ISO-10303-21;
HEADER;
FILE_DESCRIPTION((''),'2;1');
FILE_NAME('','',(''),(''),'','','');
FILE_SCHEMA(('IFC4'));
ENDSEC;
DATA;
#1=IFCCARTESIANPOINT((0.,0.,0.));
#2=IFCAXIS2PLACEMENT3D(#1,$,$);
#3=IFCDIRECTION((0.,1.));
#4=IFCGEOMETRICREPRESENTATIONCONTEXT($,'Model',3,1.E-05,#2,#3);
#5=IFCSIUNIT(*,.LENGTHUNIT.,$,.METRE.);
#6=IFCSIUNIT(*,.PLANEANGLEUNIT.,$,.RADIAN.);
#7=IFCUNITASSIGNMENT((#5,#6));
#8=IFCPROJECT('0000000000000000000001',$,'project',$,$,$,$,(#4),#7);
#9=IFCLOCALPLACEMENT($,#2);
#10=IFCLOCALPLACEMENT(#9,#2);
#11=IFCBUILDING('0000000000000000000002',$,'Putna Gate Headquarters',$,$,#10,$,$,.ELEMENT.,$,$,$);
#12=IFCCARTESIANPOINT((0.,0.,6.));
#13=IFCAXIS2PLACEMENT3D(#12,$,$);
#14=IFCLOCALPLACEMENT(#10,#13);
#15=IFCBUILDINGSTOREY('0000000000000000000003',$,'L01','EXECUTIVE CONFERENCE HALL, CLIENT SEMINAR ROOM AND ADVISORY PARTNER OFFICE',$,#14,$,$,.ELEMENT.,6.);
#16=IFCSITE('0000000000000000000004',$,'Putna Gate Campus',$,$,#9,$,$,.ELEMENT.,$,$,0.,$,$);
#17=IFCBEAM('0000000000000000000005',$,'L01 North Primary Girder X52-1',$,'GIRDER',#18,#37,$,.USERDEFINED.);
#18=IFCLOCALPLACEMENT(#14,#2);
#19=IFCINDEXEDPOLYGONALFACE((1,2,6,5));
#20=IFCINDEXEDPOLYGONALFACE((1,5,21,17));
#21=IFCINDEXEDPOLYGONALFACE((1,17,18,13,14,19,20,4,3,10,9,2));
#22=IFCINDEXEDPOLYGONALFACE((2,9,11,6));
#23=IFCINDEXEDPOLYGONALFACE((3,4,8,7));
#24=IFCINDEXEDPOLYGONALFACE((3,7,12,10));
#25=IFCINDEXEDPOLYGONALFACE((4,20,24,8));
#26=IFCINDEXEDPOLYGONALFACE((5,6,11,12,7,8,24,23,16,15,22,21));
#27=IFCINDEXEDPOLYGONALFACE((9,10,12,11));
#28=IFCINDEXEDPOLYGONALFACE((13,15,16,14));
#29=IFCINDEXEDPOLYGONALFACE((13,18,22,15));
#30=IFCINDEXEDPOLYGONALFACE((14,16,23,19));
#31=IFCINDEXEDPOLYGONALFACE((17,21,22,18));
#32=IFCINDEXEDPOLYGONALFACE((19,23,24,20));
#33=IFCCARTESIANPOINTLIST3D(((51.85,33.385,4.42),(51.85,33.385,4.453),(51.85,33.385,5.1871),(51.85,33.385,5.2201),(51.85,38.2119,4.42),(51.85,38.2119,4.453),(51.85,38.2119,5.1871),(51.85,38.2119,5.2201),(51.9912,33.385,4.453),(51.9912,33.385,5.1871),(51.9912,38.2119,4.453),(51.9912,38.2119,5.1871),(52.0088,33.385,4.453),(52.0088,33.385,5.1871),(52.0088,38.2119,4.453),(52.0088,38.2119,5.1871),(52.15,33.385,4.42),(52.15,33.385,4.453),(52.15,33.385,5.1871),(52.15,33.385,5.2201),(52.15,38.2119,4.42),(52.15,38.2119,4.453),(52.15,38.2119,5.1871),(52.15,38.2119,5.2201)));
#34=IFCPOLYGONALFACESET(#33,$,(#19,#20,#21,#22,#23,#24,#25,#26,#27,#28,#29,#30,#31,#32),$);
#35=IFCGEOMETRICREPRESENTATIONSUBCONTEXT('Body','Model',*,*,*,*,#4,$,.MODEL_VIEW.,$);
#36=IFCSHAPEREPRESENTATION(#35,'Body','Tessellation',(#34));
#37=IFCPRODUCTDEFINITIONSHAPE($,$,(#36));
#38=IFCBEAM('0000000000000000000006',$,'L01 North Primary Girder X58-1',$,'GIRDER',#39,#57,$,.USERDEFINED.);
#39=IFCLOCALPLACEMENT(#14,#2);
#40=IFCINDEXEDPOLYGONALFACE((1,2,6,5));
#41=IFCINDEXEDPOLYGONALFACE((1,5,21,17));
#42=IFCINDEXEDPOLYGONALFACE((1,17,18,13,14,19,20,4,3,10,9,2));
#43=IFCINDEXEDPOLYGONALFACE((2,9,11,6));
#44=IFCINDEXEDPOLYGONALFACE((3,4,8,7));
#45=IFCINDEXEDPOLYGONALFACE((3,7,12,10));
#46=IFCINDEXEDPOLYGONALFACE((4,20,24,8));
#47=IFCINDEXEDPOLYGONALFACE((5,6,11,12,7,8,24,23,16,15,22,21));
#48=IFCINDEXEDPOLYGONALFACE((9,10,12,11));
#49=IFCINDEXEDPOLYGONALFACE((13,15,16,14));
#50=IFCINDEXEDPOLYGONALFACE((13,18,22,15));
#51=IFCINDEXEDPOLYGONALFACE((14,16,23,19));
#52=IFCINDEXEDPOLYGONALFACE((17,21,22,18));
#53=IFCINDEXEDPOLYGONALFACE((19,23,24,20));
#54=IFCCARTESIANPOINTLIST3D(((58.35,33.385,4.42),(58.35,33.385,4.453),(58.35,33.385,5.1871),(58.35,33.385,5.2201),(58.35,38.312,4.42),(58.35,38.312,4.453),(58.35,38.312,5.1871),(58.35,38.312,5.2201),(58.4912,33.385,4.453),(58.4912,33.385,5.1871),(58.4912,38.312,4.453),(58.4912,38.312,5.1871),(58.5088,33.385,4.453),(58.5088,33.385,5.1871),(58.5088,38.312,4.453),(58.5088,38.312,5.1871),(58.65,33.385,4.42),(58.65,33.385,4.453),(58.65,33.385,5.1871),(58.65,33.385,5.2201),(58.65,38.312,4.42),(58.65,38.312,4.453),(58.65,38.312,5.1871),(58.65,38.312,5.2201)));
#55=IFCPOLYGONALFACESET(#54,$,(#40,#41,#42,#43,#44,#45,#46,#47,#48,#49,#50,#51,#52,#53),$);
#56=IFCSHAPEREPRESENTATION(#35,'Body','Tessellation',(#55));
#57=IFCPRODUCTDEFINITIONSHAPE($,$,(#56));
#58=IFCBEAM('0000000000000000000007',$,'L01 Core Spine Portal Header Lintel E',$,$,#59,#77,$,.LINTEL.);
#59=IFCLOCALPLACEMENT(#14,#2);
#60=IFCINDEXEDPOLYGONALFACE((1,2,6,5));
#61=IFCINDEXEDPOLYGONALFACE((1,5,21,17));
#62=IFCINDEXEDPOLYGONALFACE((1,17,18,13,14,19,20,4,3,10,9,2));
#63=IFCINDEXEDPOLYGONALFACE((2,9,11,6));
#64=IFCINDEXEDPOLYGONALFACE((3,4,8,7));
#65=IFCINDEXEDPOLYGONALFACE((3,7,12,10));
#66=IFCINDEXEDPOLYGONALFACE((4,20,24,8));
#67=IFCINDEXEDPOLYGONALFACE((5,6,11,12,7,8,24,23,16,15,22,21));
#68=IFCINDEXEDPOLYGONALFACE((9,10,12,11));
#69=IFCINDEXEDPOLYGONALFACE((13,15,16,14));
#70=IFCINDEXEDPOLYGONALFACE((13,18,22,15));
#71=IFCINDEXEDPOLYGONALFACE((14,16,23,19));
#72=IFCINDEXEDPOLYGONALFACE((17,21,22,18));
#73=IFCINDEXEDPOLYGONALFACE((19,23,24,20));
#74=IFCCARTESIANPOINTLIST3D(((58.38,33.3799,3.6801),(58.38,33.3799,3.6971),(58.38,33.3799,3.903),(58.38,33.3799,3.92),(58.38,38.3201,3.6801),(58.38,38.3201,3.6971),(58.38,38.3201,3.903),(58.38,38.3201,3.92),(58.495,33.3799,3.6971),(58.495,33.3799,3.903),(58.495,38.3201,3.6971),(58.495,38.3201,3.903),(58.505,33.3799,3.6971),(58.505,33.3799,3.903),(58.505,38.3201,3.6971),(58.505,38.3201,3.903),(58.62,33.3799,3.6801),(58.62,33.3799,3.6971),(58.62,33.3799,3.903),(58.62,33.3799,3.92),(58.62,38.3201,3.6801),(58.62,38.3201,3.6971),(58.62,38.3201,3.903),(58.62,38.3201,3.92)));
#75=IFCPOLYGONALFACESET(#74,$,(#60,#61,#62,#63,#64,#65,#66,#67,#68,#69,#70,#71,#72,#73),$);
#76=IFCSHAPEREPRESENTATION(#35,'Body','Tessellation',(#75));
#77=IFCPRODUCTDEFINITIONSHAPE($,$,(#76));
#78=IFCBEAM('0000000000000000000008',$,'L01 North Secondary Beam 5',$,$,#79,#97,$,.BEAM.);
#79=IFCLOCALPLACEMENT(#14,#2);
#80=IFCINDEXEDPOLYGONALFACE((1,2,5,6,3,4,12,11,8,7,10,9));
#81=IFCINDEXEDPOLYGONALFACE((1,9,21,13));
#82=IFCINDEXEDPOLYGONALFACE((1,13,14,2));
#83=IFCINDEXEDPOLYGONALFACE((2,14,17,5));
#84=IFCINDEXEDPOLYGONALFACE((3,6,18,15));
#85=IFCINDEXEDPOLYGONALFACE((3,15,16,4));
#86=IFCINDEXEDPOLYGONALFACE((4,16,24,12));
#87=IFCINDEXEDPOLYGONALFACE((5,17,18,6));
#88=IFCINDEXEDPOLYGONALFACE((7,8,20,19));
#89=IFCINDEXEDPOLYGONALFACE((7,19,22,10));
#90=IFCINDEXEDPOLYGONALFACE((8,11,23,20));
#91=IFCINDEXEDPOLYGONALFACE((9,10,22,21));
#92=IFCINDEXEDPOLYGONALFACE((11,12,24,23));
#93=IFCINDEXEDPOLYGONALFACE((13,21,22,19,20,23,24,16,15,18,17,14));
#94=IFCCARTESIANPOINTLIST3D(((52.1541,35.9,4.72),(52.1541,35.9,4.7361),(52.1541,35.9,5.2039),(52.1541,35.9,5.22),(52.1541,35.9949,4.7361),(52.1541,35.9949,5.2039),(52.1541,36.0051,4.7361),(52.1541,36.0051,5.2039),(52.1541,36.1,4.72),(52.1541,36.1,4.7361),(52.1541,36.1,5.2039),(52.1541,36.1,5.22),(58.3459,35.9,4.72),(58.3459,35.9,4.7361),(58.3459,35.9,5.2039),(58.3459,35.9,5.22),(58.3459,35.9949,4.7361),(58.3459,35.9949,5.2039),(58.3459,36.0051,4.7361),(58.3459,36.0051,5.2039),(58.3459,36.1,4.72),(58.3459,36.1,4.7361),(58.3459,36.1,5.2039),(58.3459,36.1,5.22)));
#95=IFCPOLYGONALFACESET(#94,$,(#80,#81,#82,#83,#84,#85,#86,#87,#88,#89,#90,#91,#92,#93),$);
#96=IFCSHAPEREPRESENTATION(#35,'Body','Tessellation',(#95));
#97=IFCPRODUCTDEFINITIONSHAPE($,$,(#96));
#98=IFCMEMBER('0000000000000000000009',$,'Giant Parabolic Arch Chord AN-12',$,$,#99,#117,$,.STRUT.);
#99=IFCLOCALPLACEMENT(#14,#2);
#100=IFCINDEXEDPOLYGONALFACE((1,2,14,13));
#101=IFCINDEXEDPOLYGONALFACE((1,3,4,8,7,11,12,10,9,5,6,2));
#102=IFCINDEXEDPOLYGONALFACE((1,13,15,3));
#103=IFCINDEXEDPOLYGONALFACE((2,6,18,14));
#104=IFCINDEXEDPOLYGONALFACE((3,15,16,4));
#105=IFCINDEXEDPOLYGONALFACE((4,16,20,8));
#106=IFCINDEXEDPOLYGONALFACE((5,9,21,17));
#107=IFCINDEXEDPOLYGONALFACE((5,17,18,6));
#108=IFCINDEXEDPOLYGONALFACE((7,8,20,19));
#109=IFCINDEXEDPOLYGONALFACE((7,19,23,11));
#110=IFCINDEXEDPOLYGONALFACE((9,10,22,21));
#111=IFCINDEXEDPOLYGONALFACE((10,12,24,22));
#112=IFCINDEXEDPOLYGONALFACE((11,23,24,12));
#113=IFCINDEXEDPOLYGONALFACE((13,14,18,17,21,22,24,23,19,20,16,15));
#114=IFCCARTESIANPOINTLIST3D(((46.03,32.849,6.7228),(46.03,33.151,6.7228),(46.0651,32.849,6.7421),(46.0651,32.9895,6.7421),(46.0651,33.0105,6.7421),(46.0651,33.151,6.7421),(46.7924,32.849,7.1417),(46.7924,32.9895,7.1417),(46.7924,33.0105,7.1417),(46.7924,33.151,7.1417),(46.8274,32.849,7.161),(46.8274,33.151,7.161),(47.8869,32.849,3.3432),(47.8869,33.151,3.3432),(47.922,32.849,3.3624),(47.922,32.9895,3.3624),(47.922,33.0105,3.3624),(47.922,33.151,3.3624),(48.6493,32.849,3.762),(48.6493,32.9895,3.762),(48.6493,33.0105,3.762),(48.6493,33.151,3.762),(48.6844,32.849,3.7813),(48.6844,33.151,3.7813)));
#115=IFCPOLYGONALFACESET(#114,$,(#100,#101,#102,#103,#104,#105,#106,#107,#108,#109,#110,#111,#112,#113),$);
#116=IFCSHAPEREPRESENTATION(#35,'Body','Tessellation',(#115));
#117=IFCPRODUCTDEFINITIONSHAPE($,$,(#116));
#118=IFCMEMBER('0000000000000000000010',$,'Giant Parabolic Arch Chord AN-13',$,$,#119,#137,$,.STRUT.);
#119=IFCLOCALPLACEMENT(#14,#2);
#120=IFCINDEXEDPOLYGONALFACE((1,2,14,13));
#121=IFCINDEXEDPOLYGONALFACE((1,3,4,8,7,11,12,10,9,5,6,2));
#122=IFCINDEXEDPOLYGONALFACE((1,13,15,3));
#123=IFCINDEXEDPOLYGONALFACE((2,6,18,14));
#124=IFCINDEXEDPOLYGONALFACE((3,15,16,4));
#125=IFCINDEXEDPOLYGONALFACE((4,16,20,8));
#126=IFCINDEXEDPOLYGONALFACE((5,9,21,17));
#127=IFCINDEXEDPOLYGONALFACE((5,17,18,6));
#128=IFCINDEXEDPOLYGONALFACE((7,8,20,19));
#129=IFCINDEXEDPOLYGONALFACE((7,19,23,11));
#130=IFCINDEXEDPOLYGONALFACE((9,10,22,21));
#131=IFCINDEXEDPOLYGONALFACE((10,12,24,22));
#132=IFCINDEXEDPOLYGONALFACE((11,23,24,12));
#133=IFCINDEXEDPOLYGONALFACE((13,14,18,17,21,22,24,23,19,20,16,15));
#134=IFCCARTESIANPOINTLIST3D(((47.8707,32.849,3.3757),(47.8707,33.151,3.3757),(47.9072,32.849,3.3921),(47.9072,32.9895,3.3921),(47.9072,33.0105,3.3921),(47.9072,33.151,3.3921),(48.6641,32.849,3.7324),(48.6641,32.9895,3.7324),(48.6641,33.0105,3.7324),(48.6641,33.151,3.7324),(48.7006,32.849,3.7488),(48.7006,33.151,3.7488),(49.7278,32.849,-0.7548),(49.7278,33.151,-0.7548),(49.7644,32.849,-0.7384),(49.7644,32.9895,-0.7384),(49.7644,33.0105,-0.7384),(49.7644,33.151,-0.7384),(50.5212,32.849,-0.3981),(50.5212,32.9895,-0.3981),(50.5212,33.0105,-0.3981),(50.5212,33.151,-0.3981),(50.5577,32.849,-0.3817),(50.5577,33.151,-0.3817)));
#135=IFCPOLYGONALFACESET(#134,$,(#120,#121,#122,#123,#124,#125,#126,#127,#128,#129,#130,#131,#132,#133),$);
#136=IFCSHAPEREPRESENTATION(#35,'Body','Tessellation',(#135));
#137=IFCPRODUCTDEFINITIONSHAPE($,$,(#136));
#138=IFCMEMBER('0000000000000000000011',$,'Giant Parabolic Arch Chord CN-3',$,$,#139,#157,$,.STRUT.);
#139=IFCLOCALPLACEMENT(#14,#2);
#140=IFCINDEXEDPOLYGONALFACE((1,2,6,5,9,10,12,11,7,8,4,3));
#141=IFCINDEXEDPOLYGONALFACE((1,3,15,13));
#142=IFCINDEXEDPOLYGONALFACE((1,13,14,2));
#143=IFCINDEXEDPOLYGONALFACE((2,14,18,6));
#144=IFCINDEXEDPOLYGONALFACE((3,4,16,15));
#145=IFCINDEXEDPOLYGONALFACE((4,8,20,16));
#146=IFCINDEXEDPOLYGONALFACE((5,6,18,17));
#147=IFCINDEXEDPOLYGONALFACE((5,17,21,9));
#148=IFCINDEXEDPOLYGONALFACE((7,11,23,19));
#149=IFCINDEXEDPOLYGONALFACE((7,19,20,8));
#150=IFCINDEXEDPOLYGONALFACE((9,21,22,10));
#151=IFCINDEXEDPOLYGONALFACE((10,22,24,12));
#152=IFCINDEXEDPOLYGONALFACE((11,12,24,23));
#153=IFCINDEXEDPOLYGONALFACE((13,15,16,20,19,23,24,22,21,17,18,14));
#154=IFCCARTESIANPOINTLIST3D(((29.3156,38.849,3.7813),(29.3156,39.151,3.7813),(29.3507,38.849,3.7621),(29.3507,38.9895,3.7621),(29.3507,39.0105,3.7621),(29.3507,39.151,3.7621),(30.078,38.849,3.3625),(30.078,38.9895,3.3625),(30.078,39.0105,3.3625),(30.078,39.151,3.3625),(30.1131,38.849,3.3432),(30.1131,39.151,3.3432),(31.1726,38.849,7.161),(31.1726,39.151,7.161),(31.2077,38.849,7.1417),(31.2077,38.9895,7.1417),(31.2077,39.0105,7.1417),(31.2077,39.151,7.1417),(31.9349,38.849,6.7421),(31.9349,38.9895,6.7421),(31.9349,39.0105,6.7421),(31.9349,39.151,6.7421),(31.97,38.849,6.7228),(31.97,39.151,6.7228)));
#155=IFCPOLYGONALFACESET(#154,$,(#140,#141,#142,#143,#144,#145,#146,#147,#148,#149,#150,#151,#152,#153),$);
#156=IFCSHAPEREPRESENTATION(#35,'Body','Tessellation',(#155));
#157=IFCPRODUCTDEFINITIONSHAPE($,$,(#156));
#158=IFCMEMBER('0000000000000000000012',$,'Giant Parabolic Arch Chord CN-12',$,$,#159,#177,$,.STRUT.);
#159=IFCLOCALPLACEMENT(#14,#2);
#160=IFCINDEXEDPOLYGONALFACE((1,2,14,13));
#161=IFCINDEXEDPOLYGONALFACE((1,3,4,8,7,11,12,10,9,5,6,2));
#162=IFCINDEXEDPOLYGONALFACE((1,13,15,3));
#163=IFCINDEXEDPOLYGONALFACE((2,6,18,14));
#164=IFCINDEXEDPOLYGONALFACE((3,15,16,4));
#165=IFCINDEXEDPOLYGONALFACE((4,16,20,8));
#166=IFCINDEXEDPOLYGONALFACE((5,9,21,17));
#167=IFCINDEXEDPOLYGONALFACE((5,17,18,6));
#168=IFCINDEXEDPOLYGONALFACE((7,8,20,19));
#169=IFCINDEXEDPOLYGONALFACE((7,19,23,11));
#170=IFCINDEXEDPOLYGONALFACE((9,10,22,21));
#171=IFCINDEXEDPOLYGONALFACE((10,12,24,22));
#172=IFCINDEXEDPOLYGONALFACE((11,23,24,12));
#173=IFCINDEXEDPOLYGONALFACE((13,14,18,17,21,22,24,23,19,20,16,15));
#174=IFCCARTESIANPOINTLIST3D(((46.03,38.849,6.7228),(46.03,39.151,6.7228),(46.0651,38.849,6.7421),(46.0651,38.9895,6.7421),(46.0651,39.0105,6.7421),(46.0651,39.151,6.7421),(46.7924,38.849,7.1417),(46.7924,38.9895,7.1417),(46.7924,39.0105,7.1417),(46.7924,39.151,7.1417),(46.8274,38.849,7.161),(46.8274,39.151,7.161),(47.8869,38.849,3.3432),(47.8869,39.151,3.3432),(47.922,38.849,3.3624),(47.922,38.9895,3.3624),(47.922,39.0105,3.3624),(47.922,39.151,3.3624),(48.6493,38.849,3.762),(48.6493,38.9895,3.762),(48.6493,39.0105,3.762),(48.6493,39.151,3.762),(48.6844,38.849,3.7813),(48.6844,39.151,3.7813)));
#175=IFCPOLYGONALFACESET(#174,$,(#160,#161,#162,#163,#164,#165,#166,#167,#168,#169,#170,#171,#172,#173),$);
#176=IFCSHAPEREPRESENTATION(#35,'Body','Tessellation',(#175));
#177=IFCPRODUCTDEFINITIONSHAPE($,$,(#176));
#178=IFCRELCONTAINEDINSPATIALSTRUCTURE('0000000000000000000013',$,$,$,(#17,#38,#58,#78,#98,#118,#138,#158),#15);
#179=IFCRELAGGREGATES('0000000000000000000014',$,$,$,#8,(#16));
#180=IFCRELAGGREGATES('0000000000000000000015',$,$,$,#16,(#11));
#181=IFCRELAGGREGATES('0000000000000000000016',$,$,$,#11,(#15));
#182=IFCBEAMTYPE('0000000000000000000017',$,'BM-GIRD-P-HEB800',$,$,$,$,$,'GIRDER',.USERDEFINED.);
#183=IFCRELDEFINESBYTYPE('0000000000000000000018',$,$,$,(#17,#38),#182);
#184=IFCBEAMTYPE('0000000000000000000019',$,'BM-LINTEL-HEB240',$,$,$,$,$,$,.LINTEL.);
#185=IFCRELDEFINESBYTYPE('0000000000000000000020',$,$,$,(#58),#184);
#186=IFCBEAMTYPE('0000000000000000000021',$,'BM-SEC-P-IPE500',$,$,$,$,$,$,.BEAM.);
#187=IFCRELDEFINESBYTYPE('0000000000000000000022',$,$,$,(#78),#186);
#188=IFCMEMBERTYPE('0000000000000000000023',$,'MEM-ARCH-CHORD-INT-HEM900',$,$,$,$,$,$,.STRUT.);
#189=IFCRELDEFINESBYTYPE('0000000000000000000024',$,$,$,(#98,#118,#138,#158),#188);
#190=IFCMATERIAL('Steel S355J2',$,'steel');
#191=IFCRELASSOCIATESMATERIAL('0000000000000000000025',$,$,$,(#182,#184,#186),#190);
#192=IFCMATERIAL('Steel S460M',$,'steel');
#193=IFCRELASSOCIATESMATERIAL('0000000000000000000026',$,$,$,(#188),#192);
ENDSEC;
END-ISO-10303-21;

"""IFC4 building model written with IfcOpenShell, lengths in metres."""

from ifc_helpers import new_model, si_unit, direction, frame, origin, origin_2d, place, context, subcontext, project, spatial, i_section, extrude, material, material_profile, profile_set, type_object, element, save


model = new_model("IFC4")

# Units and contexts
model_context = context("Model", 3, precision=1e-05, world=origin(), true_north=direction((0.0, 1.0)))
body_context = subcontext(model_context, "Body", "Model", "MODEL_VIEW")
ifc_project = project(units=[si_unit("LENGTHUNIT", "METRE"), si_unit("PLANEANGLEUNIT", "RADIAN")], contexts=[model_context])

# Site, building, storey
site_placement = place(None, origin())
site = spatial("IfcSite", under=ifc_project, at=site_placement, Name="Putna Gate Campus", CompositionType="ELEMENT", RefElevation=0.0)
building_placement = place(site_placement, origin())
building = spatial("IfcBuilding", under=site, at=building_placement, Name="Putna Gate Headquarters", CompositionType="ELEMENT")
storey_placement = place(building_placement, frame((0.0, 0.0, 6.0)))
storey = spatial("IfcBuildingStorey", under=building, at=storey_placement, Name="L01", Description="EXECUTIVE CONFERENCE HALL, CLIENT SEMINAR ROOM AND ADVISORY PARTNER OFFICE", CompositionType="ELEMENT", Elevation=6.0)

# Beams
ifc_material_1 = material(Name="Steel S355J2", Category="steel")
ifc_material_profile_1 = material_profile(ifc_material_1, i_section(OverallWidth=0.3, OverallDepth=0.8, WebThickness=0.0176, FlangeThickness=0.033, at=origin_2d()), Name="Steel S355J2")
ifc_profile_set_1 = profile_set([ifc_material_profile_1], Name="Steel S355J2")
beam_type_1 = type_object("IfcBeamType", Name="BM-GIRD-P-HEB800", ElementType="GIRDER", PredefinedType="USERDEFINED", material=ifc_profile_set_1)
beam_1_placement = place(storey_placement, frame((52.0, 33.385, 4.8201), z_axis=(0.0, 1.0, 0.0), x_axis=(-1.0, 0.0, 0.0)))
element("IfcBeam", 1, at=beam_1_placement, inside=storey, type_object=beam_type_1, Name="L01 North Primary Girder X52-1", ObjectType="GIRDER", PredefinedType="USERDEFINED", context=body_context, shape_type="SweptSolid", body=[
    extrude(i_section(OverallWidth=0.3, OverallDepth=0.8, WebThickness=0.0176, FlangeThickness=0.033, at=origin_2d()), origin(), (0.0, 0.0, 1.0), 4.8269),
])
beam_2_placement = place(storey_placement, frame((58.5, 33.385, 4.8201), z_axis=(0.0, 1.0, 0.0), x_axis=(-1.0, 0.0, 0.0)))
element("IfcBeam", 2, at=beam_2_placement, inside=storey, type_object=beam_type_1, Name="L01 North Primary Girder X58-1", ObjectType="GIRDER", PredefinedType="USERDEFINED", context=body_context, shape_type="SweptSolid", body=[
    extrude(i_section(OverallWidth=0.3, OverallDepth=0.8, WebThickness=0.0176, FlangeThickness=0.033, at=origin_2d()), origin(), (0.0, 0.0, 1.0), 4.927),
])
ifc_material_profile_2 = material_profile(ifc_material_1, i_section(OverallWidth=0.24, OverallDepth=0.24, WebThickness=0.01, FlangeThickness=0.0171, at=origin_2d()), Name="Steel S355J2")
ifc_profile_set_2 = profile_set([ifc_material_profile_2], Name="Steel S355J2")
beam_type_2 = type_object("IfcBeamType", Name="BM-LINTEL-HEB240", PredefinedType="LINTEL", material=ifc_profile_set_2)
beam_3_placement = place(storey_placement, frame((58.5, 33.3799, 3.8), z_axis=(0.0, 1.0, 0.0), x_axis=(-1.0, 0.0, 0.0)))
element("IfcBeam", 3, at=beam_3_placement, inside=storey, type_object=beam_type_2, Name="L01 Core Spine Portal Header Lintel E", PredefinedType="LINTEL", context=body_context, shape_type="SweptSolid", body=[
    extrude(i_section(OverallWidth=0.24, OverallDepth=0.24, WebThickness=0.01, FlangeThickness=0.0171, at=origin_2d()), origin(), (0.0, 0.0, 1.0), 4.9402),
])
ifc_material_profile_3 = material_profile(ifc_material_1, i_section(OverallWidth=0.2, OverallDepth=0.5, WebThickness=0.0103, FlangeThickness=0.0161, at=origin_2d()), Name="Steel S355J2")
ifc_profile_set_3 = profile_set([ifc_material_profile_3], Name="Steel S355J2")
beam_type_3 = type_object("IfcBeamType", Name="BM-SEC-P-IPE500", PredefinedType="BEAM", material=ifc_profile_set_3)
beam_4_placement = place(storey_placement, frame((52.1541, 36.0, 4.97), z_axis=(1.0, 0.0, 0.0), x_axis=(0.0, 1.0, 0.0)))
element("IfcBeam", 4, at=beam_4_placement, inside=storey, type_object=beam_type_3, Name="L01 North Secondary Beam 5", PredefinedType="BEAM", context=body_context, shape_type="SweptSolid", body=[
    extrude(i_section(OverallWidth=0.2, OverallDepth=0.5, WebThickness=0.0103, FlangeThickness=0.0161, at=origin_2d()), origin(), (0.0, 0.0, 1.0), 6.1919),
])

# Members
ifc_material_2 = material(Name="Steel S460M", Category="steel")
ifc_material_profile_4 = material_profile(ifc_material_2, i_section(OverallWidth=0.302, OverallDepth=0.9099, WebThickness=0.021, FlangeThickness=0.04, at=origin_2d()), Name="Steel S460M")
ifc_profile_set_4 = profile_set([ifc_material_profile_4], Name="Steel S460M")
member_type_1 = type_object("IfcMemberType", Name="MEM-ARCH-CHORD-INT-HEM900", PredefinedType="STRUT", material=ifc_profile_set_4)
member_1_placement = place(storey_placement, frame((46.4287, 33.0, 6.9419), z_axis=(0.481547, 0.0, -0.87642), x_axis=(0.0, 1.0, 0.0)))
element("IfcMember", 5, at=member_1_placement, inside=storey, type_object=member_type_1, Name="Giant Parabolic Arch Chord AN-12", PredefinedType="STRUT", context=body_context, shape_type="SweptSolid", body=[
    extrude(i_section(OverallWidth=0.302, OverallDepth=0.9099, WebThickness=0.021, FlangeThickness=0.04, at=origin_2d()), origin(), (0.0, 0.0, 1.0), 3.8562),
])
member_2_placement = place(storey_placement, frame((48.2856, 33.0, 3.5623), z_axis=(0.410071, 0.0, -0.912054), x_axis=(0.0, 1.0, 0.0)))
element("IfcMember", 6, at=member_2_placement, inside=storey, type_object=member_type_1, Name="Giant Parabolic Arch Chord AN-13", PredefinedType="STRUT", context=body_context, shape_type="SweptSolid", body=[
    extrude(i_section(OverallWidth=0.302, OverallDepth=0.9099, WebThickness=0.021, FlangeThickness=0.04, at=origin_2d()), origin(), (0.0, 0.0, 1.0), 4.5288),
])
for number, where, z_axis, x_axis, name in (
    (7, (29.7144, 39.0, 3.5623), (0.481547, 0.0, 0.87642), (0.0, 1.0, 0.0), "Giant Parabolic Arch Chord CN-3"),
    (8, (46.4287, 39.0, 6.9419), (0.481547, 0.0, -0.87642), (0.0, 1.0, 0.0), "Giant Parabolic Arch Chord CN-12"),
):
    element("IfcMember", number, at=place(storey_placement, frame(where, z_axis=z_axis, x_axis=x_axis)), inside=storey, type_object=member_type_1, Name=name, PredefinedType="STRUT", context=body_context, shape_type="SweptSolid", body=[
        extrude(i_section(OverallWidth=0.302, OverallDepth=0.9099, WebThickness=0.021, FlangeThickness=0.04, at=origin_2d()), origin(), (0.0, 0.0, 1.0), 3.8562),
    ])

save(model, "model.ifc")
